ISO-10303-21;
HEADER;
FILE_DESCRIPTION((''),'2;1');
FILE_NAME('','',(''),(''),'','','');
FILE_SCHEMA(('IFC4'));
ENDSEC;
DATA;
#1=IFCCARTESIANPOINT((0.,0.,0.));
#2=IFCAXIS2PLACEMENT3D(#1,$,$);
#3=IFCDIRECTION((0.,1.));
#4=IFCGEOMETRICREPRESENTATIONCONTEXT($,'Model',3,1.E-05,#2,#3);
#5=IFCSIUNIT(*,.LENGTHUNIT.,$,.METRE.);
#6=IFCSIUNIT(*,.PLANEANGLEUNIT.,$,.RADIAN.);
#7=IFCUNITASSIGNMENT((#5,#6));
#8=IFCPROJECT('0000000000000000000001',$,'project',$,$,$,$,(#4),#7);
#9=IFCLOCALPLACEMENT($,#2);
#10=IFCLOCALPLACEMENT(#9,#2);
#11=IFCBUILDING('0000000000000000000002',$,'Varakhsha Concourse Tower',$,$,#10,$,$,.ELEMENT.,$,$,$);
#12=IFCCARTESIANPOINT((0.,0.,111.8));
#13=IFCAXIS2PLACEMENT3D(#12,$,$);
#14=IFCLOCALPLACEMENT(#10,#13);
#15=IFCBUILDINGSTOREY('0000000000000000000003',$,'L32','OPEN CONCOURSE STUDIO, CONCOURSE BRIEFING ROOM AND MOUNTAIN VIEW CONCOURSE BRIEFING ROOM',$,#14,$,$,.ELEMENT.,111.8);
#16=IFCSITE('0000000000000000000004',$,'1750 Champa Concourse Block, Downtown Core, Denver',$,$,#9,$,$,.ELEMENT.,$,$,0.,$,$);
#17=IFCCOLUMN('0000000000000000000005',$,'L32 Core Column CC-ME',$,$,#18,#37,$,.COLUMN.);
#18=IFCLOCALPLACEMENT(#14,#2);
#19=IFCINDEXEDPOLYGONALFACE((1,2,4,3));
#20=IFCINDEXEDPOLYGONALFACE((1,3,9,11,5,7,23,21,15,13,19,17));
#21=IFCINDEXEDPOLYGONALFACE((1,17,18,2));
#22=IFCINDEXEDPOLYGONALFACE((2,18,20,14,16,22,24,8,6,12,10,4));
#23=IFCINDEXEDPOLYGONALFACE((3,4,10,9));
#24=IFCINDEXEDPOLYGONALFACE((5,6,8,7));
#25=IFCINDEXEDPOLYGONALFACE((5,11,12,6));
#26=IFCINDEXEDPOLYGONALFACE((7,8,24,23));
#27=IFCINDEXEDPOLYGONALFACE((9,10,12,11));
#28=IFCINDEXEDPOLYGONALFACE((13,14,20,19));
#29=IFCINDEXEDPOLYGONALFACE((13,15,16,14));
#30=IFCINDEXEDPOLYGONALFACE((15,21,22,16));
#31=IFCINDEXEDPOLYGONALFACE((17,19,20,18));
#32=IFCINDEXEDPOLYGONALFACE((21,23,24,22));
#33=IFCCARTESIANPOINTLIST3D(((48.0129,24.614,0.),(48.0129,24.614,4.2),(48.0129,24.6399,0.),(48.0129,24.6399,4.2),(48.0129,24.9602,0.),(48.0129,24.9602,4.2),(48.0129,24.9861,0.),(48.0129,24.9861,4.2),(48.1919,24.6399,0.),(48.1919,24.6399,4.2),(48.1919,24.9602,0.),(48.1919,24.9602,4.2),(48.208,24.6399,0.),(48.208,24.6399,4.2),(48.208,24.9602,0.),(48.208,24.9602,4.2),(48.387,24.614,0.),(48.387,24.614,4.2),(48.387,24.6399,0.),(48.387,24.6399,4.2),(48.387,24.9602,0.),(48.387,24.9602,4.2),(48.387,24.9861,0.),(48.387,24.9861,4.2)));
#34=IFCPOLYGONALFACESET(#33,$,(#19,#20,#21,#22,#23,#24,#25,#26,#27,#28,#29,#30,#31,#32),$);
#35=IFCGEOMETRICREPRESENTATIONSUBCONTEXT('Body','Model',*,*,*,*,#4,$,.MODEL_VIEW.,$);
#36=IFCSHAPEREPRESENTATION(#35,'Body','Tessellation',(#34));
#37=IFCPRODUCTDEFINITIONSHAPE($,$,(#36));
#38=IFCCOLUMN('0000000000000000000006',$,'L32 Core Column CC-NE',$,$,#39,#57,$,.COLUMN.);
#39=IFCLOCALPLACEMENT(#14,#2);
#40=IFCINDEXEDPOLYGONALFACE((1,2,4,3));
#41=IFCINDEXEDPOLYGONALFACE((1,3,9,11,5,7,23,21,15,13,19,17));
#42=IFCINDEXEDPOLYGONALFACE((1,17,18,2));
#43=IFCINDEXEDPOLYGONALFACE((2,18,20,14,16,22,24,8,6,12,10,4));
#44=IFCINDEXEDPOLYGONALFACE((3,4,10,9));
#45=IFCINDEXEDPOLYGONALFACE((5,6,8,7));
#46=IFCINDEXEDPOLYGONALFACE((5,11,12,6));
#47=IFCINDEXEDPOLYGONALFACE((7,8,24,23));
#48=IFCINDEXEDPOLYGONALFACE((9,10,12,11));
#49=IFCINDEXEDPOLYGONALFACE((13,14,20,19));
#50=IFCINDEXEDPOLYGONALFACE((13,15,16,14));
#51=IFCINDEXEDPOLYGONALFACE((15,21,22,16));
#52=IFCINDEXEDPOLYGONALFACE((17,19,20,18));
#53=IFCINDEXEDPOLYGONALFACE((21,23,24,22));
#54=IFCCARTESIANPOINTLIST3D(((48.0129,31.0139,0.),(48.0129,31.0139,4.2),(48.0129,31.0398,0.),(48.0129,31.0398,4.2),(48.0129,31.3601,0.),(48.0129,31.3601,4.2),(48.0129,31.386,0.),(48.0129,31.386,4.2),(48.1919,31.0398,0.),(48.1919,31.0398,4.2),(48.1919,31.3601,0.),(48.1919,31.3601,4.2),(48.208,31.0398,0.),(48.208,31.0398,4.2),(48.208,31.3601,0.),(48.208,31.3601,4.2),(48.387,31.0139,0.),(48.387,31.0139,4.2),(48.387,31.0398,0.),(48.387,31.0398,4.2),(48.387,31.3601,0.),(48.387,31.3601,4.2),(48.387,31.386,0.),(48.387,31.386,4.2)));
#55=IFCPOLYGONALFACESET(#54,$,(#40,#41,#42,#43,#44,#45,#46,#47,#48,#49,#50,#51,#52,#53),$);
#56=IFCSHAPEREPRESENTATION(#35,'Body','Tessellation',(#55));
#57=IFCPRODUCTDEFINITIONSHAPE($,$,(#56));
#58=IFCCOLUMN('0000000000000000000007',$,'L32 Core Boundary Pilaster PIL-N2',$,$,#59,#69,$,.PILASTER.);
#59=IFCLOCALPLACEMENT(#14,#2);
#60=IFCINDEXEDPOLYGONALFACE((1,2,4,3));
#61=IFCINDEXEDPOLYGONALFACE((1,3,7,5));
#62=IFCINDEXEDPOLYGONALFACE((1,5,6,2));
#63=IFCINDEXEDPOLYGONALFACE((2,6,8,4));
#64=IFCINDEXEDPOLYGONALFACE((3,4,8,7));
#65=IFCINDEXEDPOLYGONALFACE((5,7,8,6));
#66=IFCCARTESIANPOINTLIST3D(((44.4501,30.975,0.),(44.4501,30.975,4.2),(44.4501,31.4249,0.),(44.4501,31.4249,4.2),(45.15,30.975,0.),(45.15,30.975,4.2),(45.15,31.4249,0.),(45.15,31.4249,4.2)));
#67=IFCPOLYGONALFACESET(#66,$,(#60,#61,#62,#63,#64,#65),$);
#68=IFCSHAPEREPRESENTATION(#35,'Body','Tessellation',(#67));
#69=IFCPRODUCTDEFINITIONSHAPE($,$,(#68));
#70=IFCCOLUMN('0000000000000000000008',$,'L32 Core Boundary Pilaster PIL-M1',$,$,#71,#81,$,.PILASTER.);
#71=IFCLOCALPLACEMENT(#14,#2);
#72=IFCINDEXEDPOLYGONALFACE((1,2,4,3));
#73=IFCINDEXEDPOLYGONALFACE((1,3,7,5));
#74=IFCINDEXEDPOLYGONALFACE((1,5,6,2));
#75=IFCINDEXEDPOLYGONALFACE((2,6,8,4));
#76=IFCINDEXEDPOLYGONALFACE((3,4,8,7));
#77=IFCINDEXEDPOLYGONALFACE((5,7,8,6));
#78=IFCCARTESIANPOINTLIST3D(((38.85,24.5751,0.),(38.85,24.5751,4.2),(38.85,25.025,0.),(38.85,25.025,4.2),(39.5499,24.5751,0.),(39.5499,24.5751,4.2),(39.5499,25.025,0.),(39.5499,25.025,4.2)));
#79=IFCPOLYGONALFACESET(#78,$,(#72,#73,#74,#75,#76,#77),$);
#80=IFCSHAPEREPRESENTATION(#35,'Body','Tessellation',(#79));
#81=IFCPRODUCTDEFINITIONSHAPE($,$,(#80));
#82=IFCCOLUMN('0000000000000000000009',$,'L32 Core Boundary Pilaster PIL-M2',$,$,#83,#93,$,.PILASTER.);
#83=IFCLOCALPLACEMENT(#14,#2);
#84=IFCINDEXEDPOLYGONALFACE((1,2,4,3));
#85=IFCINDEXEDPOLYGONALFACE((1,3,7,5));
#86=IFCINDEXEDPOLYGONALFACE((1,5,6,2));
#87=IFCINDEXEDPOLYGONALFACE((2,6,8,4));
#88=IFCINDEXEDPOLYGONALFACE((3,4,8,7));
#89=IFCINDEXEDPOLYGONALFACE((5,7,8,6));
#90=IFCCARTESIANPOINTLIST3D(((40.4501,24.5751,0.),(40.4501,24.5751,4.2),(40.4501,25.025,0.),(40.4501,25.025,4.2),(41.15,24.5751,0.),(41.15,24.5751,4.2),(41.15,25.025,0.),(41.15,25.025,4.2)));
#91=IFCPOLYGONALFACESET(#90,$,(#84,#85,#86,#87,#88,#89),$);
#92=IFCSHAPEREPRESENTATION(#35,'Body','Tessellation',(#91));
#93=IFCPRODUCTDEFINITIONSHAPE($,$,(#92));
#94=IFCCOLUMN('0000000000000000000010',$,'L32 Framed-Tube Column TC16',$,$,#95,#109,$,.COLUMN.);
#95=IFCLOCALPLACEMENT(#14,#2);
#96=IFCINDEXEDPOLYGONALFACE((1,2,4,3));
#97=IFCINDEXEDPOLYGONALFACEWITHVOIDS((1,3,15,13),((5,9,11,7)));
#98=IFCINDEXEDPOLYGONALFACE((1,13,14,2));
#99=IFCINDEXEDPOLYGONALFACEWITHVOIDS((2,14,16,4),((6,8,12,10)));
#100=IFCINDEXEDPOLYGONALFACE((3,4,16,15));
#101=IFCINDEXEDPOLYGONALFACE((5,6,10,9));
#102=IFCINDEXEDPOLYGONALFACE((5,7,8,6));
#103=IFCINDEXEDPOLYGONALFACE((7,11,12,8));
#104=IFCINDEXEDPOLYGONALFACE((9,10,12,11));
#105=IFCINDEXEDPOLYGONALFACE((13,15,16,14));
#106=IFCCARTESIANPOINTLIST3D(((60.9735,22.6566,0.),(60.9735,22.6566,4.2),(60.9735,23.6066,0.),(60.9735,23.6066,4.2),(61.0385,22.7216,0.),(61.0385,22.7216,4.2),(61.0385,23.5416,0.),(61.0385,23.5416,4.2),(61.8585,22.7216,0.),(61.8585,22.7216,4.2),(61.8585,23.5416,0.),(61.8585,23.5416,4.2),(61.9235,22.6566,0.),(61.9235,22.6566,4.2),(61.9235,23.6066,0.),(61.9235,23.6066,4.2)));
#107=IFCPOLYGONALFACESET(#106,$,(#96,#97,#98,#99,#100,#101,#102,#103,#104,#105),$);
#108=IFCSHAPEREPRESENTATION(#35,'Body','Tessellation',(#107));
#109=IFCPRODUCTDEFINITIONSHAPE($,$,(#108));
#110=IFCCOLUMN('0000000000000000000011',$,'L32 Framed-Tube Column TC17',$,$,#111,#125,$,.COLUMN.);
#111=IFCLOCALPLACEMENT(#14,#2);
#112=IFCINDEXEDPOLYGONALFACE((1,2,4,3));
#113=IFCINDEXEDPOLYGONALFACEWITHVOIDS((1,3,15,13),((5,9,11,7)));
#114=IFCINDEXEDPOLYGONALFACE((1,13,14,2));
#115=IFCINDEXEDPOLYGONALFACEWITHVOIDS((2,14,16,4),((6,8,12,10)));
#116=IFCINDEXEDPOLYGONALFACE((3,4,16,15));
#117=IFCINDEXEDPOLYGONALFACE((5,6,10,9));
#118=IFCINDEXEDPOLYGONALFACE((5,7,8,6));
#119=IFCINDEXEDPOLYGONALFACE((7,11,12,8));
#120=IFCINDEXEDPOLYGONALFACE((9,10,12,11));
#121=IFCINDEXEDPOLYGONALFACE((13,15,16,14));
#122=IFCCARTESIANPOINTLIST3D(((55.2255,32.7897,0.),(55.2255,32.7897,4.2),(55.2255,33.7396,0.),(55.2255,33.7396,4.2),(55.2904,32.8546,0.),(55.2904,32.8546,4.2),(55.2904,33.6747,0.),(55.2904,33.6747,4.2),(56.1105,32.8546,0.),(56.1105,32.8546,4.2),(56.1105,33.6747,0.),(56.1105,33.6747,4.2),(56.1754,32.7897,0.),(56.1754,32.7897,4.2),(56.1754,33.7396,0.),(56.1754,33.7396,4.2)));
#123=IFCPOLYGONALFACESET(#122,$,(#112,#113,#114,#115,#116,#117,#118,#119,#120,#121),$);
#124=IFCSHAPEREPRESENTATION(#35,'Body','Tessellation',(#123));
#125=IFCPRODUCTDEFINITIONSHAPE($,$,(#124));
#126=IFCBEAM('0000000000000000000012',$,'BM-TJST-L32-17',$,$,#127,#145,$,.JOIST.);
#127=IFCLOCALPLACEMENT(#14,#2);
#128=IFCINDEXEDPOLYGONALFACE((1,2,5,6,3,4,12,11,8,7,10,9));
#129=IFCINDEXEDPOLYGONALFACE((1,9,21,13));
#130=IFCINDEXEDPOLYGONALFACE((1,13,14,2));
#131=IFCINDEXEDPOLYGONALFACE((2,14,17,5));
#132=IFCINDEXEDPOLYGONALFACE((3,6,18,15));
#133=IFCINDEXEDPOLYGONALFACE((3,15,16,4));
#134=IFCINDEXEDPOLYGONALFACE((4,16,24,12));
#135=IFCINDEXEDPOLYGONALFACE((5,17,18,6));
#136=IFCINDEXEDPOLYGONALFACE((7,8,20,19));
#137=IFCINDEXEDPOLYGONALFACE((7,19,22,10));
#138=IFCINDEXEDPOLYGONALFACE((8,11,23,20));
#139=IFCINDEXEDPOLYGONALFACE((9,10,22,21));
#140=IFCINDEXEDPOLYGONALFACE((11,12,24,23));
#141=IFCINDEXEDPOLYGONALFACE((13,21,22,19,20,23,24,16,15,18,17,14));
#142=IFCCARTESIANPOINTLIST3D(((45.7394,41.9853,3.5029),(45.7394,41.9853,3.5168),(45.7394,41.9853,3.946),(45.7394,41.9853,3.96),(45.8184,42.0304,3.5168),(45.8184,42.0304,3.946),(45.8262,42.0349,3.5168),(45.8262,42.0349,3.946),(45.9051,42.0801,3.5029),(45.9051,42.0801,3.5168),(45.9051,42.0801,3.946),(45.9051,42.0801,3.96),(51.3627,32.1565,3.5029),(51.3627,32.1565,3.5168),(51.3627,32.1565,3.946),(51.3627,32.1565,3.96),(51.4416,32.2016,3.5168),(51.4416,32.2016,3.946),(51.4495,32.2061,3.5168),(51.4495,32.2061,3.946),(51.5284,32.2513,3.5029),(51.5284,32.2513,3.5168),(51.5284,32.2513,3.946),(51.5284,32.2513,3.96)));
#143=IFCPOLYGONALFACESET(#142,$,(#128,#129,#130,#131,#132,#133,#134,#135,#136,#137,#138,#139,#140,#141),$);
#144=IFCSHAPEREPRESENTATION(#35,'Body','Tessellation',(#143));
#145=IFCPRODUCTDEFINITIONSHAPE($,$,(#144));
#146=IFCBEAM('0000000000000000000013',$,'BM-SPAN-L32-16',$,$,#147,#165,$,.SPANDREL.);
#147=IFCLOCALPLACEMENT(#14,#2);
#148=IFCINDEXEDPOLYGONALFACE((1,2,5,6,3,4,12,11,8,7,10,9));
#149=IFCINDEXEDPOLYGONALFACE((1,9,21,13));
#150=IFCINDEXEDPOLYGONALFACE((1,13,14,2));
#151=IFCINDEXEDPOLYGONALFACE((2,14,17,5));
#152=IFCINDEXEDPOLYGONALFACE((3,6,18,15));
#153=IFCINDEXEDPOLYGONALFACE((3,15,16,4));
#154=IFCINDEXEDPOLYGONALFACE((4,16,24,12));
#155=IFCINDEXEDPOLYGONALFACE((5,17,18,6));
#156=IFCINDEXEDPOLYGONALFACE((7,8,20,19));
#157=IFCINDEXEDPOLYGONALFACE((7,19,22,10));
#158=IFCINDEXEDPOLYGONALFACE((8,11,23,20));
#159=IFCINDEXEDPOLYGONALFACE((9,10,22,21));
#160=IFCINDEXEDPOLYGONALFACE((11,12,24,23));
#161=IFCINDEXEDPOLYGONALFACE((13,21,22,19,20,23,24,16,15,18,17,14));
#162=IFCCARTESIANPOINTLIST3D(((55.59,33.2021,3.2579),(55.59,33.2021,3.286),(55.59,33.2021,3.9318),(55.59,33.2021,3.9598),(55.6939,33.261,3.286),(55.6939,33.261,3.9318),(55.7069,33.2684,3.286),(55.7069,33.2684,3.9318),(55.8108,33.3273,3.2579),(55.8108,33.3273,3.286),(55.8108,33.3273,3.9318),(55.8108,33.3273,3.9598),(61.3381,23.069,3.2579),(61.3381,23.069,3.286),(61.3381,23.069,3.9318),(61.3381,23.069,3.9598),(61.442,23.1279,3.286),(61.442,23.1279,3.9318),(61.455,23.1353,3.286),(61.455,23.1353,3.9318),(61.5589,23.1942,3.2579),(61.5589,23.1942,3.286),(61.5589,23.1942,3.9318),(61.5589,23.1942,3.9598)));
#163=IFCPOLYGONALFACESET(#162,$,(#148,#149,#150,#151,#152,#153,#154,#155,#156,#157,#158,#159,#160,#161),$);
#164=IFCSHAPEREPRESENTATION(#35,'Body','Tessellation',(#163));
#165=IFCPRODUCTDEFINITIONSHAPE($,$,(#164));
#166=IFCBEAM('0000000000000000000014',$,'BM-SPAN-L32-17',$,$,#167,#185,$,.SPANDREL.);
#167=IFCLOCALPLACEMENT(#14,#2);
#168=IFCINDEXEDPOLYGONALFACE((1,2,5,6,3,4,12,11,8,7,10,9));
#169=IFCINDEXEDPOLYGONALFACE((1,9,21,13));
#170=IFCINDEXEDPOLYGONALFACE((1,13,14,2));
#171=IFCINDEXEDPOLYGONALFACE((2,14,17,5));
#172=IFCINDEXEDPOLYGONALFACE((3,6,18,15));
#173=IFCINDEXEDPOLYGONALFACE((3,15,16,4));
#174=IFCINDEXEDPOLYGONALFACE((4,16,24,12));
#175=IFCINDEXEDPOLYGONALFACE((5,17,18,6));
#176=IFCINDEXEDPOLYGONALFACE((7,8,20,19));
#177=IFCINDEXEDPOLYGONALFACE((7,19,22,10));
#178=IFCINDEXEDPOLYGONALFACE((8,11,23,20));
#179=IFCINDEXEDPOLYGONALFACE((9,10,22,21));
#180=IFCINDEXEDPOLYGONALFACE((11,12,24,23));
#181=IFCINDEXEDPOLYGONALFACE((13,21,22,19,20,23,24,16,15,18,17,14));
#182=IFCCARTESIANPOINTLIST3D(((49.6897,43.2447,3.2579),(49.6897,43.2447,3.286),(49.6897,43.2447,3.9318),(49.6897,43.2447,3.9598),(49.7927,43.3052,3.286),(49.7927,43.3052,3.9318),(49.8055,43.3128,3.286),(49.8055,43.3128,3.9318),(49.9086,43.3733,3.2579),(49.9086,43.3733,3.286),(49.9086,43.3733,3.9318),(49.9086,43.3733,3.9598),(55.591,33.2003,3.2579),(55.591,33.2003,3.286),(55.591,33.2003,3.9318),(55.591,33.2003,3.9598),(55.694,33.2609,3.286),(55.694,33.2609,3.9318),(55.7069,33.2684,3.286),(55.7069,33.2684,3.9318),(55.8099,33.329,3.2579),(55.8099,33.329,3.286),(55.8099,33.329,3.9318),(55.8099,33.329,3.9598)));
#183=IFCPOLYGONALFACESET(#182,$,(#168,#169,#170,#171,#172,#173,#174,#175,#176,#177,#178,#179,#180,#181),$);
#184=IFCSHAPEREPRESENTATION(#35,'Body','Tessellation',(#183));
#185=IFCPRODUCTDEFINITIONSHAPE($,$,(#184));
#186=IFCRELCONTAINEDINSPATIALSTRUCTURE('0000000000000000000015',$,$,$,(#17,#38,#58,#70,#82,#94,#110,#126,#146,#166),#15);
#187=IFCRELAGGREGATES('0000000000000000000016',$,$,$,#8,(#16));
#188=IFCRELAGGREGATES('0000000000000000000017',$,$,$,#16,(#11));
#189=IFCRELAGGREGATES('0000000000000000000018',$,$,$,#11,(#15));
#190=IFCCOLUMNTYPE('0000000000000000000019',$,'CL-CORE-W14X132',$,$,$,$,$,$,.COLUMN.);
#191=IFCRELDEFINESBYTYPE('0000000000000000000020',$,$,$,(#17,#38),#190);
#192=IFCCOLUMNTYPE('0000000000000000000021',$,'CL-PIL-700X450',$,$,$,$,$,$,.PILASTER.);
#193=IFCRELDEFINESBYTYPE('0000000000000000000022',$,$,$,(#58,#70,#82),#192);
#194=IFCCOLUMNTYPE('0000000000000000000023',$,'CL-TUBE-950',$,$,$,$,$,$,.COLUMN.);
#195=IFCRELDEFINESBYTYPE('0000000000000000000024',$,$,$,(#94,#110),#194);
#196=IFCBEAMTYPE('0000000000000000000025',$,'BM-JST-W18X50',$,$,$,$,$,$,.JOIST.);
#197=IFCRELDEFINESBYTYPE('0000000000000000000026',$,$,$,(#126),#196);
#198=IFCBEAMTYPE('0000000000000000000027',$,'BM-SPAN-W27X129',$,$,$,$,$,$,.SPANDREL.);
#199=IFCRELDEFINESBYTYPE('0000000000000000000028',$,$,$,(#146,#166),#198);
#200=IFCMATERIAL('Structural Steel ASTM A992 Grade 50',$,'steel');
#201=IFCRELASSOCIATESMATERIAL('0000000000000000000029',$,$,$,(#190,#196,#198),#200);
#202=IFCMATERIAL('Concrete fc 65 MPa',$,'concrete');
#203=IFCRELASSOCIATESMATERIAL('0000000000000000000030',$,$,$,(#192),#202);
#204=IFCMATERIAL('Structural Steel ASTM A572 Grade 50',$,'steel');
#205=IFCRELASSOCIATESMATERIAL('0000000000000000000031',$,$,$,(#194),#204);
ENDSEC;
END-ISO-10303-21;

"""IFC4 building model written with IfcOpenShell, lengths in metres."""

from ifc_helpers import new_model, si_unit, direction, frame, origin, origin_2d, place, context, subcontext, project, spatial, rectangle, hollow_rectangle, i_section, extrude, material, material_profile, profile_set, type_object, element, save


model = new_model("IFC4")

# Units and contexts
model_context = context("Model", 3, precision=1e-05, world=origin(), true_north=direction((0.0, 1.0)))
body_context = subcontext(model_context, "Body", "Model", "MODEL_VIEW")
ifc_project = project(units=[si_unit("LENGTHUNIT", "METRE"), si_unit("PLANEANGLEUNIT", "RADIAN")], contexts=[model_context])

# Site, building, storey
site_placement = place(None, origin())
site = spatial("IfcSite", under=ifc_project, at=site_placement, Name="1750 Champa Concourse Block, Downtown Core, Denver", CompositionType="ELEMENT", RefElevation=0.0)
building_placement = place(site_placement, origin())
building = spatial("IfcBuilding", under=site, at=building_placement, Name="Varakhsha Concourse Tower", CompositionType="ELEMENT")
storey_placement = place(building_placement, frame((0.0, 0.0, 111.8)))
storey = spatial("IfcBuildingStorey", under=building, at=storey_placement, Name="L32", Description="OPEN CONCOURSE STUDIO, CONCOURSE BRIEFING ROOM AND MOUNTAIN VIEW CONCOURSE BRIEFING ROOM", CompositionType="ELEMENT", Elevation=111.8)

# Columns
ifc_material_1 = material(Name="Structural Steel ASTM A992 Grade 50", Category="steel")
ifc_material_profile_1 = material_profile(ifc_material_1, i_section(OverallWidth=0.374, OverallDepth=0.3721, WebThickness=0.0161, FlangeThickness=0.0259, at=origin_2d()), Name="W14X132")
ifc_profile_set_1 = profile_set([ifc_material_profile_1], Name="Structural Steel ASTM A992 Grade 50")
column_type_1 = type_object("IfcColumnType", Name="CL-CORE-W14X132", PredefinedType="COLUMN", material=ifc_profile_set_1)
for number, where, z_axis, x_axis, name in (
    (1, (48.2, 24.8, 0.0), (0.0, 0.0, 1.0), (1.0, 0.0, 0.0), "L32 Core Column CC-ME"),
    (2, (48.2, 31.2, 0.0), (0.0, 0.0, 1.0), (1.0, 0.0, 0.0), "L32 Core Column CC-NE"),
):
    element("IfcColumn", number, at=place(storey_placement, frame(where, z_axis=z_axis, x_axis=x_axis)), inside=storey, type_object=column_type_1, Name=name, PredefinedType="COLUMN", context=body_context, shape_type="SweptSolid", body=[
        extrude(i_section(OverallWidth=0.374, OverallDepth=0.3721, WebThickness=0.0161, FlangeThickness=0.0259, at=origin_2d()), origin(), (0.0, 0.0, 1.0), 4.2),
    ])
ifc_material_2 = material(Name="Concrete fc 65 MPa", Category="concrete")
ifc_material_profile_2 = material_profile(ifc_material_2, rectangle(XDim=0.7, YDim=0.45, at=origin_2d()), Name="RC 700x450")
ifc_profile_set_2 = profile_set([ifc_material_profile_2], Name="Concrete fc 65 MPa")
column_type_2 = type_object("IfcColumnType", Name="CL-PIL-700X450", PredefinedType="PILASTER", material=ifc_profile_set_2)
for number, where, z_axis, x_axis, name in (
    (3, (44.8, 31.2, 0.0), (0.0, 0.0, 1.0), (1.0, 0.0, 0.0), "L32 Core Boundary Pilaster PIL-N2"),
    (4, (39.2, 24.8, 0.0), (0.0, 0.0, 1.0), (1.0, 0.0, 0.0), "L32 Core Boundary Pilaster PIL-M1"),
    (5, (40.8, 24.8, 0.0), (0.0, 0.0, 1.0), (1.0, 0.0, 0.0), "L32 Core Boundary Pilaster PIL-M2"),
):
    element("IfcColumn", number, at=place(storey_placement, frame(where, z_axis=z_axis, x_axis=x_axis)), inside=storey, type_object=column_type_2, Name=name, PredefinedType="PILASTER", context=body_context, shape_type="SweptSolid", body=[
        extrude(rectangle(XDim=0.7, YDim=0.45, at=origin_2d()), origin(), (0.0, 0.0, 1.0), 4.2),
    ])
ifc_material_3 = material(Name="Structural Steel ASTM A572 Grade 50", Category="steel")
ifc_material_profile_3 = material_profile(ifc_material_3, hollow_rectangle(XDim=0.95, YDim=0.95, WallThickness=0.0649, at=origin_2d()), Name="BOX 950x950x65")
ifc_profile_set_3 = profile_set([ifc_material_profile_3], Name="Structural Steel ASTM A572 Grade 50")
column_type_3 = type_object("IfcColumnType", Name="CL-TUBE-950", PredefinedType="COLUMN", material=ifc_profile_set_3)
for number, where, z_axis, x_axis, name in (
    (6, (61.4485, 23.1316, 0.0), (0.0, 0.0, 1.0), (1.0, 0.0, 0.0), "L32 Framed-Tube Column TC16"),
    (7, (55.7004, 33.2646, 0.0), (0.0, 0.0, 1.0), (1.0, 0.0, 0.0), "L32 Framed-Tube Column TC17"),
):
    element("IfcColumn", number, at=place(storey_placement, frame(where, z_axis=z_axis, x_axis=x_axis)), inside=storey, type_object=column_type_3, Name=name, PredefinedType="COLUMN", context=body_context, shape_type="SweptSolid", body=[
        extrude(hollow_rectangle(XDim=0.95, YDim=0.95, WallThickness=0.0649, at=origin_2d()), origin(), (0.0, 0.0, 1.0), 4.2),
    ])

# Beams
ifc_material_profile_4 = material_profile(ifc_material_1, i_section(OverallWidth=0.1909, OverallDepth=0.457, WebThickness=0.009, FlangeThickness=0.0139, at=origin_2d()), Name="W18X50")
ifc_profile_set_4 = profile_set([ifc_material_profile_4], Name="Structural Steel ASTM A992 Grade 50")
beam_type_1 = type_object("IfcBeamType", Name="BM-JST-W18X50", PredefinedType="JOIST", material=ifc_profile_set_4)
beam_1_placement = place(storey_placement, frame((51.4456, 32.2039, 3.7314), z_axis=(-0.496592, 0.867984, 0.0), x_axis=(-0.867984, -0.496592, 0.0)))
element("IfcBeam", 8, at=beam_1_placement, inside=storey, type_object=beam_type_1, Name="BM-TJST-L32-17", PredefinedType="JOIST", context=body_context, shape_type="SweptSolid", body=[
    extrude(i_section(OverallWidth=0.1909, OverallDepth=0.457, WebThickness=0.009, FlangeThickness=0.0139, at=origin_2d()), origin(), (0.0, 0.0, 1.0), 11.3237),
])
ifc_material_profile_5 = material_profile(ifc_material_1, i_section(OverallWidth=0.2539, OverallDepth=0.7019, WebThickness=0.0149, FlangeThickness=0.0281, at=origin_2d()), Name="W27X129")
ifc_profile_set_5 = profile_set([ifc_material_profile_5], Name="Structural Steel ASTM A992 Grade 50")
beam_type_2 = type_object("IfcBeamType", Name="BM-SPAN-W27X129", PredefinedType="SPANDREL", material=ifc_profile_set_5)
beam_2_placement = place(storey_placement, frame((61.4485, 23.1316, 3.6089), z_axis=(-0.493401, 0.869802, 0.0), x_axis=(-0.869802, -0.493401, 0.0)))
element("IfcBeam", 9, at=beam_2_placement, inside=storey, type_object=beam_type_2, Name="BM-SPAN-L32-16", PredefinedType="SPANDREL", context=body_context, shape_type="SweptSolid", body=[
    extrude(i_section(OverallWidth=0.2539, OverallDepth=0.7019, WebThickness=0.0149, FlangeThickness=0.0281, at=origin_2d()), origin(), (0.0, 0.0, 1.0), 11.6499),
])
beam_3_placement = place(storey_placement, frame((55.7004, 33.2646, 3.6089), z_axis=(-0.506566, 0.862201, 0.0), x_axis=(-0.862201, -0.506566, 0.0)))
element("IfcBeam", 10, at=beam_3_placement, inside=storey, type_object=beam_type_2, Name="BM-SPAN-L32-17", PredefinedType="SPANDREL", context=body_context, shape_type="SweptSolid", body=[
    extrude(i_section(OverallWidth=0.2539, OverallDepth=0.7019, WebThickness=0.0149, FlangeThickness=0.0281, at=origin_2d()), origin(), (0.0, 0.0, 1.0), 11.6497),
])

save(model, "model.ifc")
